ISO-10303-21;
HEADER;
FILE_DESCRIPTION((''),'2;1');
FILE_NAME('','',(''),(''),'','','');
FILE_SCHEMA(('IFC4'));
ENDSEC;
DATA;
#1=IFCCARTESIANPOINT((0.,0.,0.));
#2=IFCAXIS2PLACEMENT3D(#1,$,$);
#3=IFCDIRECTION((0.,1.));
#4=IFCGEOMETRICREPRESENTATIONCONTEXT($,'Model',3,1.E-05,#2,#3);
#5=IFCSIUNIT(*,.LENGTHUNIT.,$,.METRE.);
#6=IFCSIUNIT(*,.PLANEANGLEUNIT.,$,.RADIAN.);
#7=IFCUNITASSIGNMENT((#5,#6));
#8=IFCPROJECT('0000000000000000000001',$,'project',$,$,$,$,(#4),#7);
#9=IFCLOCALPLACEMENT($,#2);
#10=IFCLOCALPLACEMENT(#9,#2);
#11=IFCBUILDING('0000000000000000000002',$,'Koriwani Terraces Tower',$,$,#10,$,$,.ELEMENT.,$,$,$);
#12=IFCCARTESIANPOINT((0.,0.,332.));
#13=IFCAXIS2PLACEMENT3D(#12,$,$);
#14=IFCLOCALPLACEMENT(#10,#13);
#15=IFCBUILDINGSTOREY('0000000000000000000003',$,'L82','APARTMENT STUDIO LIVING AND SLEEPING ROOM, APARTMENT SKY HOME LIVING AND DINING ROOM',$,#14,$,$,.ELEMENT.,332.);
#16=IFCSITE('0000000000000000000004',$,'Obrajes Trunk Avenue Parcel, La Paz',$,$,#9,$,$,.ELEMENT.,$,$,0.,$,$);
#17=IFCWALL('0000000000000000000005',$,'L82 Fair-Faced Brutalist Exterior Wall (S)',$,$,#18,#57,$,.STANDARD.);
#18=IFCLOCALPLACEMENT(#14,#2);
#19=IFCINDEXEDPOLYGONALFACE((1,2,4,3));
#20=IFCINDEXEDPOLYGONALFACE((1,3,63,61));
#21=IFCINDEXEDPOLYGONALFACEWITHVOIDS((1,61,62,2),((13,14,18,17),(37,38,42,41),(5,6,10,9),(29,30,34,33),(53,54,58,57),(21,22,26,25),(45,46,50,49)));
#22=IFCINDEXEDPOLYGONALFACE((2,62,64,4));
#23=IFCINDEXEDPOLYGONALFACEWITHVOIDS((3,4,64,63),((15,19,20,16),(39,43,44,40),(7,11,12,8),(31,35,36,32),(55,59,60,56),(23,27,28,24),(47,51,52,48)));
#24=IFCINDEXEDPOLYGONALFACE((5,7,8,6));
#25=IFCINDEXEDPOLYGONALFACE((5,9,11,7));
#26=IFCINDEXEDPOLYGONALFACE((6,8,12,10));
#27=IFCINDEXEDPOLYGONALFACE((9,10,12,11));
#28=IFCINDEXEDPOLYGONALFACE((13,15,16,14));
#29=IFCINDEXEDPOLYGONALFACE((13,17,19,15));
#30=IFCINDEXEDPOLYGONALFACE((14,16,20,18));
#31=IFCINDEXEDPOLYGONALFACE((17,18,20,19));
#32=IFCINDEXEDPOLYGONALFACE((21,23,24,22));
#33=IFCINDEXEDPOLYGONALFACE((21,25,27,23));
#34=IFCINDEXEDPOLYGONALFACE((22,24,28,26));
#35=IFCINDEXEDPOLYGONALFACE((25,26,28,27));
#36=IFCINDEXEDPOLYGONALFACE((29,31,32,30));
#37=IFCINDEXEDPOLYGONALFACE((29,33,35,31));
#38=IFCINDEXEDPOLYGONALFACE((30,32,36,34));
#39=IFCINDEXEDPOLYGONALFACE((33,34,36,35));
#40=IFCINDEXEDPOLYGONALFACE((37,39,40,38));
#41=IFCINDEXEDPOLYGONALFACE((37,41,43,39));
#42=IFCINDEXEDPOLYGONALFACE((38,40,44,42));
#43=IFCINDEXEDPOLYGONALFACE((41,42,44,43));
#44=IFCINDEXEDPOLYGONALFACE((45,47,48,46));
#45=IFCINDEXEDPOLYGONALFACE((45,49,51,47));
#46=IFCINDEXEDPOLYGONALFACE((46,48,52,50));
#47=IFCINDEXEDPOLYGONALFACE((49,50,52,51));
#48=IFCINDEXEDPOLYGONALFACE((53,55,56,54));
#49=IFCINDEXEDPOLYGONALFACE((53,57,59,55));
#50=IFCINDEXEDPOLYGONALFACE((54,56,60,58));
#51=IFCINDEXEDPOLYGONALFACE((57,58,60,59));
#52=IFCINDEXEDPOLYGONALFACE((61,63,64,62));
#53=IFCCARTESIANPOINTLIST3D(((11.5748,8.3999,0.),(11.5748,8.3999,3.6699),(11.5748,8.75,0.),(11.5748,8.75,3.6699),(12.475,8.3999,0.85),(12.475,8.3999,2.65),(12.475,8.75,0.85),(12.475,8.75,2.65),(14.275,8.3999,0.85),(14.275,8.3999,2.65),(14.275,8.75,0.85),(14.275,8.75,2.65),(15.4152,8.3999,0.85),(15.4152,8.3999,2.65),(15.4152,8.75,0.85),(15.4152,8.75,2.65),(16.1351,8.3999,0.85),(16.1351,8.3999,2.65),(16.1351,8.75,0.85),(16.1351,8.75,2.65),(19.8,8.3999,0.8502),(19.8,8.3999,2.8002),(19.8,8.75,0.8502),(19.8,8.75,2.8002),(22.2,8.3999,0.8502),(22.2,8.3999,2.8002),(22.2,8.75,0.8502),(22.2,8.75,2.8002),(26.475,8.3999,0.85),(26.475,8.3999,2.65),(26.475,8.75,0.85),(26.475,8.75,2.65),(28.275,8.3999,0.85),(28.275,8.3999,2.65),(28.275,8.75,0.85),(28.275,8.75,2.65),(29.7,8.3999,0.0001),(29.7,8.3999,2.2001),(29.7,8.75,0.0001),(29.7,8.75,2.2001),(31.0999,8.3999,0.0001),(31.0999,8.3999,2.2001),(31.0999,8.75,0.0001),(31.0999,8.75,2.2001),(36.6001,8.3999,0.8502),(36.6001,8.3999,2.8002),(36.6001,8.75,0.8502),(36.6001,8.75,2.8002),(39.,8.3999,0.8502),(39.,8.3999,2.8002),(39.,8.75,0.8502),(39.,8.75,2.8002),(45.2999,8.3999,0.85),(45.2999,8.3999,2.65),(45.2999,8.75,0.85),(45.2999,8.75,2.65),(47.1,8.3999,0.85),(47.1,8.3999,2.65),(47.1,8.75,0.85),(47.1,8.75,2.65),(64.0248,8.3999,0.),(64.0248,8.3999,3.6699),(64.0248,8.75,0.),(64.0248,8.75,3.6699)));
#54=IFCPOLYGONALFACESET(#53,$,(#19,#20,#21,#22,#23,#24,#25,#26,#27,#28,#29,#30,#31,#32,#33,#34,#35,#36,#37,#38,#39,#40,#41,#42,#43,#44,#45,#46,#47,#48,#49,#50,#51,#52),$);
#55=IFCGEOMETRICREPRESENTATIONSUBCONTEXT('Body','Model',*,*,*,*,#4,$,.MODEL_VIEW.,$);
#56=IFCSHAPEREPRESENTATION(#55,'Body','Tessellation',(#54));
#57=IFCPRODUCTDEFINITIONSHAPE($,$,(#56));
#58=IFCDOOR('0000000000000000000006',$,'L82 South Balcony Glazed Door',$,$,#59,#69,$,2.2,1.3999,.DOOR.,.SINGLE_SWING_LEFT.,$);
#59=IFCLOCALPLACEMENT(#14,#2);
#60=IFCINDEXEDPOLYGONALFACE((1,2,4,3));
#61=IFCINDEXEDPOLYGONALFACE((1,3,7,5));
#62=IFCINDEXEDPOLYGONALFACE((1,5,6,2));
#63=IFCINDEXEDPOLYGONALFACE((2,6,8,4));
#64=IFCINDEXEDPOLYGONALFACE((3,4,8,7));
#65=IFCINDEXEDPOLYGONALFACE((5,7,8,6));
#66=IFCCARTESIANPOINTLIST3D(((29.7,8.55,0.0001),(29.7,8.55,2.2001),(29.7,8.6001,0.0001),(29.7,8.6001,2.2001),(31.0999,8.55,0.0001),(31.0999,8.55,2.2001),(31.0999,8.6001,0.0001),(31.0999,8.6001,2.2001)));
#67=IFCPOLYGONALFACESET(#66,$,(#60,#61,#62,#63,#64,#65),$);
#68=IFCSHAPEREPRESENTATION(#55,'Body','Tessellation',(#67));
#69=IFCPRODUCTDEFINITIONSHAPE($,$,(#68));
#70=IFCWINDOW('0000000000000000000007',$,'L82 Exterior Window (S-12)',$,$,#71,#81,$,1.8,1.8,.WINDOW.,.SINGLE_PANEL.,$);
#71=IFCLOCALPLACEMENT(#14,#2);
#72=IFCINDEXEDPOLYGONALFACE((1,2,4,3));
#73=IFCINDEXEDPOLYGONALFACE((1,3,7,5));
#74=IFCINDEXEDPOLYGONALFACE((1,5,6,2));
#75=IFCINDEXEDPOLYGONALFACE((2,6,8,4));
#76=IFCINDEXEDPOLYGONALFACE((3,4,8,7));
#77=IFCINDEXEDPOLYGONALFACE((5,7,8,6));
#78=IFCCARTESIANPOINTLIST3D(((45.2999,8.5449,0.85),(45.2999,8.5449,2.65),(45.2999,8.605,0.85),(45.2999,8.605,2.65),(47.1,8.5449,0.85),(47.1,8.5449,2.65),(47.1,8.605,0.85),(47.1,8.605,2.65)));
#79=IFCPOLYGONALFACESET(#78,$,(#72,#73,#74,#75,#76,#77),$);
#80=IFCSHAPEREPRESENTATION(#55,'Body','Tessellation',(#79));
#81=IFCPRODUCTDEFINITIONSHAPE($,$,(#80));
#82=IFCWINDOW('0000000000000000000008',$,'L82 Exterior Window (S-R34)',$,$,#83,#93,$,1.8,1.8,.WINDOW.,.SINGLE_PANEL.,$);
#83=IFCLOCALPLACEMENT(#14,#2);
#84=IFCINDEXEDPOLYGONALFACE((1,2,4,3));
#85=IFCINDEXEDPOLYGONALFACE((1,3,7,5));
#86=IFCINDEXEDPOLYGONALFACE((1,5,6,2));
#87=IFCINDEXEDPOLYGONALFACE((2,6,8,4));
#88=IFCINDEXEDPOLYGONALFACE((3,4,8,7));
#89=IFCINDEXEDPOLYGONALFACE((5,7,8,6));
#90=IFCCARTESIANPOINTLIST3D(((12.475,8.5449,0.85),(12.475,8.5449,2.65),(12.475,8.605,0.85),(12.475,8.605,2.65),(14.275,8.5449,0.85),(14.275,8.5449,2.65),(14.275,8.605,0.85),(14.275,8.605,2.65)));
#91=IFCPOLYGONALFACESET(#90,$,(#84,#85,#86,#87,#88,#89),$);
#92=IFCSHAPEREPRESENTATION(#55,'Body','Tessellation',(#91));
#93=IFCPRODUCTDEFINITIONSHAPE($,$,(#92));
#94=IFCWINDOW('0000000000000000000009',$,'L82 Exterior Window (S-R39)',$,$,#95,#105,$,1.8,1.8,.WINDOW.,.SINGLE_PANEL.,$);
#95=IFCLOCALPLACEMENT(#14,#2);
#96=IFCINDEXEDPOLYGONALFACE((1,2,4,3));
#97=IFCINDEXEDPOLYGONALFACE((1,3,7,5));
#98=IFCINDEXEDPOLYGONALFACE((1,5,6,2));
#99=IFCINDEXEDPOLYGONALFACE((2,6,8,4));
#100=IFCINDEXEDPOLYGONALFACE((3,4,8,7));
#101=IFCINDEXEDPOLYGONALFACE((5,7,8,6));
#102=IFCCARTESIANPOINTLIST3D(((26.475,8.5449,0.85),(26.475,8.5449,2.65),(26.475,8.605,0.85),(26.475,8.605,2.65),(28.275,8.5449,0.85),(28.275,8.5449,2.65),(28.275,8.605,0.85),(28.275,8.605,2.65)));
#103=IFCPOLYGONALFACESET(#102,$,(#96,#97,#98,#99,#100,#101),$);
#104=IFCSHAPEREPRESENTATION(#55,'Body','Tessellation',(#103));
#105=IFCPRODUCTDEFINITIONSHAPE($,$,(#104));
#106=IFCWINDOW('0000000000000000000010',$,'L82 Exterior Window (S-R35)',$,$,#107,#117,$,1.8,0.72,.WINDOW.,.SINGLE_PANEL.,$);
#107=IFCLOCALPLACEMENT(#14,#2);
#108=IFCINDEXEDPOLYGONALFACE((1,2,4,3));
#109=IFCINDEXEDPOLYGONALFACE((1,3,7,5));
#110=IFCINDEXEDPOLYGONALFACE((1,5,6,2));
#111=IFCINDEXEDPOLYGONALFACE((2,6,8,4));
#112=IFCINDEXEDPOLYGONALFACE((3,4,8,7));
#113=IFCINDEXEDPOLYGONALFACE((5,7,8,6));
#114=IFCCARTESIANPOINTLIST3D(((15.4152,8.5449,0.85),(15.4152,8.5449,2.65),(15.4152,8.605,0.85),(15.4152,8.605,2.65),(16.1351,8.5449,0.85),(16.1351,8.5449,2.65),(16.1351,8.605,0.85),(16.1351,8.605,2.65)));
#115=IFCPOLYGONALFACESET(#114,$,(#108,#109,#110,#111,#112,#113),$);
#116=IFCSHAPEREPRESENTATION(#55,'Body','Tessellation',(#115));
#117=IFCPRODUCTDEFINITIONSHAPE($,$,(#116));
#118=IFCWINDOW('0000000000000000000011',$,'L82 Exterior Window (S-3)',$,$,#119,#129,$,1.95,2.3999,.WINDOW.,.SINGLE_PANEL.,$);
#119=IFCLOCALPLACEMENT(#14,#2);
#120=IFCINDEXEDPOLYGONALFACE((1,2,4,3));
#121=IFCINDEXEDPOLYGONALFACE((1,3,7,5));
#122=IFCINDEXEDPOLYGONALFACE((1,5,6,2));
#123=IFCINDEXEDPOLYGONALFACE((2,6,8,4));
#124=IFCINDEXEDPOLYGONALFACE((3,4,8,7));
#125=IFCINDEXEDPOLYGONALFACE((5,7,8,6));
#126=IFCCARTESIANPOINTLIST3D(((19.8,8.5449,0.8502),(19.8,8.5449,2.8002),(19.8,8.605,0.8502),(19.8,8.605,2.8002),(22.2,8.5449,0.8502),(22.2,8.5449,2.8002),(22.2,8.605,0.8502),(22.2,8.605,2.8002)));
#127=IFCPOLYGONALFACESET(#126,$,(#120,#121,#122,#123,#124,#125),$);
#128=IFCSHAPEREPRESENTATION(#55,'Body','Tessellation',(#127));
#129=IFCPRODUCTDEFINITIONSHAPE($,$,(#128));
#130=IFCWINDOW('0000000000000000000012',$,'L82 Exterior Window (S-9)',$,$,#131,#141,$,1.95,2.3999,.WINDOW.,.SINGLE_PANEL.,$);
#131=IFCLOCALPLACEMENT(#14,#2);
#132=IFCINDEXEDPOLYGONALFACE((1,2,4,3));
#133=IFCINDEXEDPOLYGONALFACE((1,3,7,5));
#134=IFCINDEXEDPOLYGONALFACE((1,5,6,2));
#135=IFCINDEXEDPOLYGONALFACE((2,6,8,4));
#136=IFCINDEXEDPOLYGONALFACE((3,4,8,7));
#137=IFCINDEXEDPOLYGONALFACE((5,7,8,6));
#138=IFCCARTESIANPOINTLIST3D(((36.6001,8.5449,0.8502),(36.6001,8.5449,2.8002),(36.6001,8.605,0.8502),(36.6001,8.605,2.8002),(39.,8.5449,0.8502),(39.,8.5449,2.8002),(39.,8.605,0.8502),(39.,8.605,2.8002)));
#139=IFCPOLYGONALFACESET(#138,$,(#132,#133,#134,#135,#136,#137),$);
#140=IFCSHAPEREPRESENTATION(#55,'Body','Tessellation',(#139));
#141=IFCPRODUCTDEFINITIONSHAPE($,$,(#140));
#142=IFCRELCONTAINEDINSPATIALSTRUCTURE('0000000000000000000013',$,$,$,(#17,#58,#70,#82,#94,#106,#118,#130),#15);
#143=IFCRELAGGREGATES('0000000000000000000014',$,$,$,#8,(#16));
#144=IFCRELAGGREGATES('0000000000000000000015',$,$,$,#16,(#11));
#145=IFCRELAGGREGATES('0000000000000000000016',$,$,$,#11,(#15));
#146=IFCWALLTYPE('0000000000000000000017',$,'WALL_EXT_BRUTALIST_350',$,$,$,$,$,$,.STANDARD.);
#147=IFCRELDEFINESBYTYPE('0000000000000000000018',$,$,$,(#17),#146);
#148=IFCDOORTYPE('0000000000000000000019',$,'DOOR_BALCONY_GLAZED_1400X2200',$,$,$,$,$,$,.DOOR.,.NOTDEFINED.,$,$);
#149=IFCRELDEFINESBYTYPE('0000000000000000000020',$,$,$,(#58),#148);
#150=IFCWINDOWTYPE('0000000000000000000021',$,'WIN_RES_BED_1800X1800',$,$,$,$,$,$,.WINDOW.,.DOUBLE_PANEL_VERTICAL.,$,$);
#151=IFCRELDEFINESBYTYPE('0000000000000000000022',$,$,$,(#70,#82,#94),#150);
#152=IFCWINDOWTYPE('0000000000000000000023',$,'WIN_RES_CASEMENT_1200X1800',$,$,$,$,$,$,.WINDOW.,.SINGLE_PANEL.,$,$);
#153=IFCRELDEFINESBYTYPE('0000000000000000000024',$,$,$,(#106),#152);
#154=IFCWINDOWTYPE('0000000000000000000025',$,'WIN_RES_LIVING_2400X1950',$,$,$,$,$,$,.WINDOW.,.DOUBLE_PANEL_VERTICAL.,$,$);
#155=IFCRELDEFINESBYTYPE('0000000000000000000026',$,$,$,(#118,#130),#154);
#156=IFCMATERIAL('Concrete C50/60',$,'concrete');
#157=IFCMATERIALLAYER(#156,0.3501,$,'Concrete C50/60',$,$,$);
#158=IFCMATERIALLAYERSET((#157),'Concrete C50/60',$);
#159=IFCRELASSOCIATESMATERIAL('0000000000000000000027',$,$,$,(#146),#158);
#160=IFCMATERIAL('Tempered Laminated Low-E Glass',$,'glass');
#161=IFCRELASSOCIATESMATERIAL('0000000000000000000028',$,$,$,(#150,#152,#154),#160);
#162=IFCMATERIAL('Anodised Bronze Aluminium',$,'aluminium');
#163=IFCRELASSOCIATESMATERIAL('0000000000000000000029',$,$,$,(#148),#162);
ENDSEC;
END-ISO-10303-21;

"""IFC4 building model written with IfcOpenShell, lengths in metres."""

from ifc_helpers import new_model, si_unit, direction, frame, frame_2d, origin, place, context, subcontext, project, spatial, rectangle, extrude, material, layer, layer_set, type_object, element, fill, save


model = new_model("IFC4")

# Units and contexts
model_context = context("Model", 3, precision=1e-05, world=origin(), true_north=direction((0.0, 1.0)))
body_context = subcontext(model_context, "Body", "Model", "MODEL_VIEW")
ifc_project = project(units=[si_unit("LENGTHUNIT", "METRE"), si_unit("PLANEANGLEUNIT", "RADIAN")], contexts=[model_context])

# Site, building, storey
site_placement = place(None, origin())
site = spatial("IfcSite", under=ifc_project, at=site_placement, Name="Obrajes Trunk Avenue Parcel, La Paz", CompositionType="ELEMENT", RefElevation=0.0)
building_placement = place(site_placement, origin())
building = spatial("IfcBuilding", under=site, at=building_placement, Name="Koriwani Terraces Tower", CompositionType="ELEMENT")
storey_placement = place(building_placement, frame((0.0, 0.0, 332.0)))
storey = spatial("IfcBuildingStorey", under=building, at=storey_placement, Name="L82", Description="APARTMENT STUDIO LIVING AND SLEEPING ROOM, APARTMENT SKY HOME LIVING AND DINING ROOM", CompositionType="ELEMENT", Elevation=332.0)

# Shared definitions
ifc_material_1 = material(Name="Concrete C50/60", Category="concrete")

# Shared definitions
ifc_layer_1 = layer(ifc_material_1, 0.3501, Name="Concrete C50/60")
ifc_layer_set_1 = layer_set([ifc_layer_1], Name="Concrete C50/60")
wall_type_1 = type_object("IfcWallType", Name="WALL_EXT_BRUTALIST_350", PredefinedType="STANDARD", material=ifc_layer_set_1)
ifc_material_2 = material(Name="Tempered Laminated Low-E Glass", Category="glass")
window_type_1 = type_object("IfcWindowType", Name="WIN_RES_BED_1800X1800", PartitioningType="DOUBLE_PANEL_VERTICAL", PredefinedType="WINDOW", material=ifc_material_2)

# Wall, openings, door, windows
wall_1_placement = place(storey_placement, frame((64.0249, 8.575, 0.0), z_axis=(0.0, 0.0, 1.0), x_axis=(-1.0, 0.0, 0.0)))
wall_1 = element("IfcWall", 1, at=wall_1_placement, inside=storey, type_object=wall_type_1, Name="L82 Fair-Faced Brutalist Exterior Wall (S)", PredefinedType="STANDARD", context=body_context, shape_type="SweptSolid", body=[
    extrude(rectangle(XDim=52.45, YDim=0.3501, at=frame_2d((26.2251, 0.0))), origin(), (0.0, 0.0, 1.0), 3.6699),
])
opening_1_placement = place(wall_1_placement, frame((32.925, 0.0, 0.0)))
opening_1 = element("IfcOpeningElement", 2, at=opening_1_placement, cuts=wall_1, PredefinedType="OPENING", context=body_context, shape_type="SweptSolid", body=[
    extrude(rectangle(XDim=1.3999, YDim=2.2, at=frame_2d((0.7, 1.1001))), frame((0.0, 0.1851, 0.0), z_axis=(0.0, -1.0, 0.0), x_axis=(1.0, 0.0, 0.0)), (0.0, 0.0, 1.0), 0.3701),
])
opening_2_placement = place(wall_1_placement, frame((41.825, 0.0, 0.8501)))
opening_2 = element("IfcOpeningElement", 3, at=opening_2_placement, cuts=wall_1, PredefinedType="OPENING", context=body_context, shape_type="SweptSolid", body=[
    extrude(rectangle(XDim=2.3999, YDim=1.95, at=frame_2d((1.2, 0.9751))), frame((0.0, 0.1851, 0.0), z_axis=(0.0, -1.0, 0.0), x_axis=(1.0, 0.0, 0.0)), (0.0, 0.0, 1.0), 0.3701),
])
opening_3_placement = place(wall_1_placement, frame((25.0249, 0.0, 0.8501)))
opening_3 = element("IfcOpeningElement", 4, at=opening_3_placement, cuts=wall_1, PredefinedType="OPENING", context=body_context, shape_type="SweptSolid", body=[
    extrude(rectangle(XDim=2.3999, YDim=1.95, at=frame_2d((1.2, 0.9751))), frame((0.0, 0.1851, 0.0), z_axis=(0.0, -1.0, 0.0), x_axis=(1.0, 0.0, 0.0)), (0.0, 0.0, 1.0), 0.3701),
])
opening_4_placement = place(wall_1_placement, frame((16.925, 0.0, 0.8501)))
opening_4 = element("IfcOpeningElement", 5, at=opening_4_placement, cuts=wall_1, PredefinedType="OPENING", context=body_context, shape_type="SweptSolid", body=[
    extrude(rectangle(XDim=1.8, YDim=1.8, at=frame_2d((0.8999, 0.8999))), frame((0.0, 0.1851, 0.0), z_axis=(0.0, -1.0, 0.0), x_axis=(1.0, 0.0, 0.0)), (0.0, 0.0, 1.0), 0.3701),
])
opening_5_placement = place(wall_1_placement, frame((49.75, 0.0, 0.8501)))
opening_5 = element("IfcOpeningElement", 6, at=opening_5_placement, cuts=wall_1, PredefinedType="OPENING", context=body_context, shape_type="SweptSolid", body=[
    extrude(rectangle(XDim=1.8, YDim=1.8, at=frame_2d((0.8999, 0.8999))), frame((0.0, 0.1851, 0.0), z_axis=(0.0, -1.0, 0.0), x_axis=(1.0, 0.0, 0.0)), (0.0, 0.0, 1.0), 0.3701),
])
opening_6_placement = place(wall_1_placement, frame((47.8899, 0.0, 0.8501)))
opening_6 = element("IfcOpeningElement", 7, at=opening_6_placement, cuts=wall_1, PredefinedType="OPENING", context=body_context, shape_type="SweptSolid", body=[
    extrude(rectangle(XDim=0.72, YDim=1.8, at=frame_2d((0.3599, 0.8999))), frame((0.0, 0.1851, 0.0), z_axis=(0.0, -1.0, 0.0), x_axis=(1.0, 0.0, 0.0)), (0.0, 0.0, 1.0), 0.3701),
])
opening_7_placement = place(wall_1_placement, frame((35.75, 0.0, 0.8501)))
opening_7 = element("IfcOpeningElement", 8, at=opening_7_placement, cuts=wall_1, PredefinedType="OPENING", context=body_context, shape_type="SweptSolid", body=[
    extrude(rectangle(XDim=1.8, YDim=1.8, at=frame_2d((0.8999, 0.8999))), frame((0.0, 0.1851, 0.0), z_axis=(0.0, -1.0, 0.0), x_axis=(1.0, 0.0, 0.0)), (0.0, 0.0, 1.0), 0.3701),
])
ifc_material_3 = material(Name="Anodised Bronze Aluminium", Category="aluminium")
door_type_1 = type_object("IfcDoorType", Name="DOOR_BALCONY_GLAZED_1400X2200", OperationType="NOTDEFINED", PredefinedType="DOOR", material=ifc_material_3)
door_1_placement = place(opening_1_placement, origin())
door_1 = element("IfcDoor", 9, at=door_1_placement, inside=storey, type_object=door_type_1, Name="L82 South Balcony Glazed Door", OperationType="SINGLE_SWING_LEFT", OverallHeight=2.2, OverallWidth=1.3999, PredefinedType="DOOR", context=body_context, shape_type="SweptSolid", body=[
    extrude(rectangle(XDim=1.3999, YDim=2.2, at=frame_2d((0.7, 1.1001))), frame((0.0, 0.0249, 0.0), z_axis=(0.0, -1.0, 0.0), x_axis=(1.0, 0.0, 0.0)), (0.0, 0.0, 1.0), 0.05),
])
fill(opening_1, door_1)
window_1_placement = place(opening_4_placement, origin())
window_1 = element("IfcWindow", 10, at=window_1_placement, inside=storey, type_object=window_type_1, Name="L82 Exterior Window (S-12)", OverallHeight=1.8, OverallWidth=1.8, PartitioningType="SINGLE_PANEL", PredefinedType="WINDOW", context=body_context, shape_type="SweptSolid", body=[
    extrude(rectangle(XDim=1.8, YDim=1.8, at=frame_2d((0.8999, 0.8999))), frame((0.0, 0.03, 0.0), z_axis=(0.0, -1.0, 0.0), x_axis=(1.0, 0.0, 0.0)), (0.0, 0.0, 1.0), 0.0601),
])
fill(opening_4, window_1)
window_2_placement = place(opening_5_placement, origin())
window_2 = element("IfcWindow", 11, at=window_2_placement, inside=storey, type_object=window_type_1, Name="L82 Exterior Window (S-R34)", OverallHeight=1.8, OverallWidth=1.8, PartitioningType="SINGLE_PANEL", PredefinedType="WINDOW", context=body_context, shape_type="SweptSolid", body=[
    extrude(rectangle(XDim=1.8, YDim=1.8, at=frame_2d((0.8999, 0.8999))), frame((0.0, 0.03, 0.0), z_axis=(0.0, -1.0, 0.0), x_axis=(1.0, 0.0, 0.0)), (0.0, 0.0, 1.0), 0.0601),
])
fill(opening_5, window_2)
window_3_placement = place(opening_7_placement, origin())
window_3 = element("IfcWindow", 12, at=window_3_placement, inside=storey, type_object=window_type_1, Name="L82 Exterior Window (S-R39)", OverallHeight=1.8, OverallWidth=1.8, PartitioningType="SINGLE_PANEL", PredefinedType="WINDOW", context=body_context, shape_type="SweptSolid", body=[
    extrude(rectangle(XDim=1.8, YDim=1.8, at=frame_2d((0.8999, 0.8999))), frame((0.0, 0.03, 0.0), z_axis=(0.0, -1.0, 0.0), x_axis=(1.0, 0.0, 0.0)), (0.0, 0.0, 1.0), 0.0601),
])
fill(opening_7, window_3)
window_type_2 = type_object("IfcWindowType", Name="WIN_RES_CASEMENT_1200X1800", PartitioningType="SINGLE_PANEL", PredefinedType="WINDOW", material=ifc_material_2)
window_4_placement = place(opening_6_placement, origin())
window_4 = element("IfcWindow", 13, at=window_4_placement, inside=storey, type_object=window_type_2, Name="L82 Exterior Window (S-R35)", OverallHeight=1.8, OverallWidth=0.72, PartitioningType="SINGLE_PANEL", PredefinedType="WINDOW", context=body_context, shape_type="SweptSolid", body=[
    extrude(rectangle(XDim=0.72, YDim=1.8, at=frame_2d((0.3599, 0.8999))), frame((0.0, 0.03, 0.0), z_axis=(0.0, -1.0, 0.0), x_axis=(1.0, 0.0, 0.0)), (0.0, 0.0, 1.0), 0.0601),
])
fill(opening_6, window_4)
window_type_3 = type_object("IfcWindowType", Name="WIN_RES_LIVING_2400X1950", PartitioningType="DOUBLE_PANEL_VERTICAL", PredefinedType="WINDOW", material=ifc_material_2)
window_5_placement = place(opening_2_placement, origin())
window_5 = element("IfcWindow", 14, at=window_5_placement, inside=storey, type_object=window_type_3, Name="L82 Exterior Window (S-3)", OverallHeight=1.95, OverallWidth=2.3999, PartitioningType="SINGLE_PANEL", PredefinedType="WINDOW", context=body_context, shape_type="SweptSolid", body=[
    extrude(rectangle(XDim=2.3999, YDim=1.95, at=frame_2d((1.2, 0.9751))), frame((0.0, 0.03, 0.0), z_axis=(0.0, -1.0, 0.0), x_axis=(1.0, 0.0, 0.0)), (0.0, 0.0, 1.0), 0.0601),
])
fill(opening_2, window_5)
window_6_placement = place(opening_3_placement, origin())
window_6 = element("IfcWindow", 15, at=window_6_placement, inside=storey, type_object=window_type_3, Name="L82 Exterior Window (S-9)", OverallHeight=1.95, OverallWidth=2.3999, PartitioningType="SINGLE_PANEL", PredefinedType="WINDOW", context=body_context, shape_type="SweptSolid", body=[
    extrude(rectangle(XDim=2.3999, YDim=1.95, at=frame_2d((1.2, 0.9751))), frame((0.0, 0.03, 0.0), z_axis=(0.0, -1.0, 0.0), x_axis=(1.0, 0.0, 0.0)), (0.0, 0.0, 1.0), 0.0601),
])
fill(opening_3, window_6)

save(model, "model.ifc")
